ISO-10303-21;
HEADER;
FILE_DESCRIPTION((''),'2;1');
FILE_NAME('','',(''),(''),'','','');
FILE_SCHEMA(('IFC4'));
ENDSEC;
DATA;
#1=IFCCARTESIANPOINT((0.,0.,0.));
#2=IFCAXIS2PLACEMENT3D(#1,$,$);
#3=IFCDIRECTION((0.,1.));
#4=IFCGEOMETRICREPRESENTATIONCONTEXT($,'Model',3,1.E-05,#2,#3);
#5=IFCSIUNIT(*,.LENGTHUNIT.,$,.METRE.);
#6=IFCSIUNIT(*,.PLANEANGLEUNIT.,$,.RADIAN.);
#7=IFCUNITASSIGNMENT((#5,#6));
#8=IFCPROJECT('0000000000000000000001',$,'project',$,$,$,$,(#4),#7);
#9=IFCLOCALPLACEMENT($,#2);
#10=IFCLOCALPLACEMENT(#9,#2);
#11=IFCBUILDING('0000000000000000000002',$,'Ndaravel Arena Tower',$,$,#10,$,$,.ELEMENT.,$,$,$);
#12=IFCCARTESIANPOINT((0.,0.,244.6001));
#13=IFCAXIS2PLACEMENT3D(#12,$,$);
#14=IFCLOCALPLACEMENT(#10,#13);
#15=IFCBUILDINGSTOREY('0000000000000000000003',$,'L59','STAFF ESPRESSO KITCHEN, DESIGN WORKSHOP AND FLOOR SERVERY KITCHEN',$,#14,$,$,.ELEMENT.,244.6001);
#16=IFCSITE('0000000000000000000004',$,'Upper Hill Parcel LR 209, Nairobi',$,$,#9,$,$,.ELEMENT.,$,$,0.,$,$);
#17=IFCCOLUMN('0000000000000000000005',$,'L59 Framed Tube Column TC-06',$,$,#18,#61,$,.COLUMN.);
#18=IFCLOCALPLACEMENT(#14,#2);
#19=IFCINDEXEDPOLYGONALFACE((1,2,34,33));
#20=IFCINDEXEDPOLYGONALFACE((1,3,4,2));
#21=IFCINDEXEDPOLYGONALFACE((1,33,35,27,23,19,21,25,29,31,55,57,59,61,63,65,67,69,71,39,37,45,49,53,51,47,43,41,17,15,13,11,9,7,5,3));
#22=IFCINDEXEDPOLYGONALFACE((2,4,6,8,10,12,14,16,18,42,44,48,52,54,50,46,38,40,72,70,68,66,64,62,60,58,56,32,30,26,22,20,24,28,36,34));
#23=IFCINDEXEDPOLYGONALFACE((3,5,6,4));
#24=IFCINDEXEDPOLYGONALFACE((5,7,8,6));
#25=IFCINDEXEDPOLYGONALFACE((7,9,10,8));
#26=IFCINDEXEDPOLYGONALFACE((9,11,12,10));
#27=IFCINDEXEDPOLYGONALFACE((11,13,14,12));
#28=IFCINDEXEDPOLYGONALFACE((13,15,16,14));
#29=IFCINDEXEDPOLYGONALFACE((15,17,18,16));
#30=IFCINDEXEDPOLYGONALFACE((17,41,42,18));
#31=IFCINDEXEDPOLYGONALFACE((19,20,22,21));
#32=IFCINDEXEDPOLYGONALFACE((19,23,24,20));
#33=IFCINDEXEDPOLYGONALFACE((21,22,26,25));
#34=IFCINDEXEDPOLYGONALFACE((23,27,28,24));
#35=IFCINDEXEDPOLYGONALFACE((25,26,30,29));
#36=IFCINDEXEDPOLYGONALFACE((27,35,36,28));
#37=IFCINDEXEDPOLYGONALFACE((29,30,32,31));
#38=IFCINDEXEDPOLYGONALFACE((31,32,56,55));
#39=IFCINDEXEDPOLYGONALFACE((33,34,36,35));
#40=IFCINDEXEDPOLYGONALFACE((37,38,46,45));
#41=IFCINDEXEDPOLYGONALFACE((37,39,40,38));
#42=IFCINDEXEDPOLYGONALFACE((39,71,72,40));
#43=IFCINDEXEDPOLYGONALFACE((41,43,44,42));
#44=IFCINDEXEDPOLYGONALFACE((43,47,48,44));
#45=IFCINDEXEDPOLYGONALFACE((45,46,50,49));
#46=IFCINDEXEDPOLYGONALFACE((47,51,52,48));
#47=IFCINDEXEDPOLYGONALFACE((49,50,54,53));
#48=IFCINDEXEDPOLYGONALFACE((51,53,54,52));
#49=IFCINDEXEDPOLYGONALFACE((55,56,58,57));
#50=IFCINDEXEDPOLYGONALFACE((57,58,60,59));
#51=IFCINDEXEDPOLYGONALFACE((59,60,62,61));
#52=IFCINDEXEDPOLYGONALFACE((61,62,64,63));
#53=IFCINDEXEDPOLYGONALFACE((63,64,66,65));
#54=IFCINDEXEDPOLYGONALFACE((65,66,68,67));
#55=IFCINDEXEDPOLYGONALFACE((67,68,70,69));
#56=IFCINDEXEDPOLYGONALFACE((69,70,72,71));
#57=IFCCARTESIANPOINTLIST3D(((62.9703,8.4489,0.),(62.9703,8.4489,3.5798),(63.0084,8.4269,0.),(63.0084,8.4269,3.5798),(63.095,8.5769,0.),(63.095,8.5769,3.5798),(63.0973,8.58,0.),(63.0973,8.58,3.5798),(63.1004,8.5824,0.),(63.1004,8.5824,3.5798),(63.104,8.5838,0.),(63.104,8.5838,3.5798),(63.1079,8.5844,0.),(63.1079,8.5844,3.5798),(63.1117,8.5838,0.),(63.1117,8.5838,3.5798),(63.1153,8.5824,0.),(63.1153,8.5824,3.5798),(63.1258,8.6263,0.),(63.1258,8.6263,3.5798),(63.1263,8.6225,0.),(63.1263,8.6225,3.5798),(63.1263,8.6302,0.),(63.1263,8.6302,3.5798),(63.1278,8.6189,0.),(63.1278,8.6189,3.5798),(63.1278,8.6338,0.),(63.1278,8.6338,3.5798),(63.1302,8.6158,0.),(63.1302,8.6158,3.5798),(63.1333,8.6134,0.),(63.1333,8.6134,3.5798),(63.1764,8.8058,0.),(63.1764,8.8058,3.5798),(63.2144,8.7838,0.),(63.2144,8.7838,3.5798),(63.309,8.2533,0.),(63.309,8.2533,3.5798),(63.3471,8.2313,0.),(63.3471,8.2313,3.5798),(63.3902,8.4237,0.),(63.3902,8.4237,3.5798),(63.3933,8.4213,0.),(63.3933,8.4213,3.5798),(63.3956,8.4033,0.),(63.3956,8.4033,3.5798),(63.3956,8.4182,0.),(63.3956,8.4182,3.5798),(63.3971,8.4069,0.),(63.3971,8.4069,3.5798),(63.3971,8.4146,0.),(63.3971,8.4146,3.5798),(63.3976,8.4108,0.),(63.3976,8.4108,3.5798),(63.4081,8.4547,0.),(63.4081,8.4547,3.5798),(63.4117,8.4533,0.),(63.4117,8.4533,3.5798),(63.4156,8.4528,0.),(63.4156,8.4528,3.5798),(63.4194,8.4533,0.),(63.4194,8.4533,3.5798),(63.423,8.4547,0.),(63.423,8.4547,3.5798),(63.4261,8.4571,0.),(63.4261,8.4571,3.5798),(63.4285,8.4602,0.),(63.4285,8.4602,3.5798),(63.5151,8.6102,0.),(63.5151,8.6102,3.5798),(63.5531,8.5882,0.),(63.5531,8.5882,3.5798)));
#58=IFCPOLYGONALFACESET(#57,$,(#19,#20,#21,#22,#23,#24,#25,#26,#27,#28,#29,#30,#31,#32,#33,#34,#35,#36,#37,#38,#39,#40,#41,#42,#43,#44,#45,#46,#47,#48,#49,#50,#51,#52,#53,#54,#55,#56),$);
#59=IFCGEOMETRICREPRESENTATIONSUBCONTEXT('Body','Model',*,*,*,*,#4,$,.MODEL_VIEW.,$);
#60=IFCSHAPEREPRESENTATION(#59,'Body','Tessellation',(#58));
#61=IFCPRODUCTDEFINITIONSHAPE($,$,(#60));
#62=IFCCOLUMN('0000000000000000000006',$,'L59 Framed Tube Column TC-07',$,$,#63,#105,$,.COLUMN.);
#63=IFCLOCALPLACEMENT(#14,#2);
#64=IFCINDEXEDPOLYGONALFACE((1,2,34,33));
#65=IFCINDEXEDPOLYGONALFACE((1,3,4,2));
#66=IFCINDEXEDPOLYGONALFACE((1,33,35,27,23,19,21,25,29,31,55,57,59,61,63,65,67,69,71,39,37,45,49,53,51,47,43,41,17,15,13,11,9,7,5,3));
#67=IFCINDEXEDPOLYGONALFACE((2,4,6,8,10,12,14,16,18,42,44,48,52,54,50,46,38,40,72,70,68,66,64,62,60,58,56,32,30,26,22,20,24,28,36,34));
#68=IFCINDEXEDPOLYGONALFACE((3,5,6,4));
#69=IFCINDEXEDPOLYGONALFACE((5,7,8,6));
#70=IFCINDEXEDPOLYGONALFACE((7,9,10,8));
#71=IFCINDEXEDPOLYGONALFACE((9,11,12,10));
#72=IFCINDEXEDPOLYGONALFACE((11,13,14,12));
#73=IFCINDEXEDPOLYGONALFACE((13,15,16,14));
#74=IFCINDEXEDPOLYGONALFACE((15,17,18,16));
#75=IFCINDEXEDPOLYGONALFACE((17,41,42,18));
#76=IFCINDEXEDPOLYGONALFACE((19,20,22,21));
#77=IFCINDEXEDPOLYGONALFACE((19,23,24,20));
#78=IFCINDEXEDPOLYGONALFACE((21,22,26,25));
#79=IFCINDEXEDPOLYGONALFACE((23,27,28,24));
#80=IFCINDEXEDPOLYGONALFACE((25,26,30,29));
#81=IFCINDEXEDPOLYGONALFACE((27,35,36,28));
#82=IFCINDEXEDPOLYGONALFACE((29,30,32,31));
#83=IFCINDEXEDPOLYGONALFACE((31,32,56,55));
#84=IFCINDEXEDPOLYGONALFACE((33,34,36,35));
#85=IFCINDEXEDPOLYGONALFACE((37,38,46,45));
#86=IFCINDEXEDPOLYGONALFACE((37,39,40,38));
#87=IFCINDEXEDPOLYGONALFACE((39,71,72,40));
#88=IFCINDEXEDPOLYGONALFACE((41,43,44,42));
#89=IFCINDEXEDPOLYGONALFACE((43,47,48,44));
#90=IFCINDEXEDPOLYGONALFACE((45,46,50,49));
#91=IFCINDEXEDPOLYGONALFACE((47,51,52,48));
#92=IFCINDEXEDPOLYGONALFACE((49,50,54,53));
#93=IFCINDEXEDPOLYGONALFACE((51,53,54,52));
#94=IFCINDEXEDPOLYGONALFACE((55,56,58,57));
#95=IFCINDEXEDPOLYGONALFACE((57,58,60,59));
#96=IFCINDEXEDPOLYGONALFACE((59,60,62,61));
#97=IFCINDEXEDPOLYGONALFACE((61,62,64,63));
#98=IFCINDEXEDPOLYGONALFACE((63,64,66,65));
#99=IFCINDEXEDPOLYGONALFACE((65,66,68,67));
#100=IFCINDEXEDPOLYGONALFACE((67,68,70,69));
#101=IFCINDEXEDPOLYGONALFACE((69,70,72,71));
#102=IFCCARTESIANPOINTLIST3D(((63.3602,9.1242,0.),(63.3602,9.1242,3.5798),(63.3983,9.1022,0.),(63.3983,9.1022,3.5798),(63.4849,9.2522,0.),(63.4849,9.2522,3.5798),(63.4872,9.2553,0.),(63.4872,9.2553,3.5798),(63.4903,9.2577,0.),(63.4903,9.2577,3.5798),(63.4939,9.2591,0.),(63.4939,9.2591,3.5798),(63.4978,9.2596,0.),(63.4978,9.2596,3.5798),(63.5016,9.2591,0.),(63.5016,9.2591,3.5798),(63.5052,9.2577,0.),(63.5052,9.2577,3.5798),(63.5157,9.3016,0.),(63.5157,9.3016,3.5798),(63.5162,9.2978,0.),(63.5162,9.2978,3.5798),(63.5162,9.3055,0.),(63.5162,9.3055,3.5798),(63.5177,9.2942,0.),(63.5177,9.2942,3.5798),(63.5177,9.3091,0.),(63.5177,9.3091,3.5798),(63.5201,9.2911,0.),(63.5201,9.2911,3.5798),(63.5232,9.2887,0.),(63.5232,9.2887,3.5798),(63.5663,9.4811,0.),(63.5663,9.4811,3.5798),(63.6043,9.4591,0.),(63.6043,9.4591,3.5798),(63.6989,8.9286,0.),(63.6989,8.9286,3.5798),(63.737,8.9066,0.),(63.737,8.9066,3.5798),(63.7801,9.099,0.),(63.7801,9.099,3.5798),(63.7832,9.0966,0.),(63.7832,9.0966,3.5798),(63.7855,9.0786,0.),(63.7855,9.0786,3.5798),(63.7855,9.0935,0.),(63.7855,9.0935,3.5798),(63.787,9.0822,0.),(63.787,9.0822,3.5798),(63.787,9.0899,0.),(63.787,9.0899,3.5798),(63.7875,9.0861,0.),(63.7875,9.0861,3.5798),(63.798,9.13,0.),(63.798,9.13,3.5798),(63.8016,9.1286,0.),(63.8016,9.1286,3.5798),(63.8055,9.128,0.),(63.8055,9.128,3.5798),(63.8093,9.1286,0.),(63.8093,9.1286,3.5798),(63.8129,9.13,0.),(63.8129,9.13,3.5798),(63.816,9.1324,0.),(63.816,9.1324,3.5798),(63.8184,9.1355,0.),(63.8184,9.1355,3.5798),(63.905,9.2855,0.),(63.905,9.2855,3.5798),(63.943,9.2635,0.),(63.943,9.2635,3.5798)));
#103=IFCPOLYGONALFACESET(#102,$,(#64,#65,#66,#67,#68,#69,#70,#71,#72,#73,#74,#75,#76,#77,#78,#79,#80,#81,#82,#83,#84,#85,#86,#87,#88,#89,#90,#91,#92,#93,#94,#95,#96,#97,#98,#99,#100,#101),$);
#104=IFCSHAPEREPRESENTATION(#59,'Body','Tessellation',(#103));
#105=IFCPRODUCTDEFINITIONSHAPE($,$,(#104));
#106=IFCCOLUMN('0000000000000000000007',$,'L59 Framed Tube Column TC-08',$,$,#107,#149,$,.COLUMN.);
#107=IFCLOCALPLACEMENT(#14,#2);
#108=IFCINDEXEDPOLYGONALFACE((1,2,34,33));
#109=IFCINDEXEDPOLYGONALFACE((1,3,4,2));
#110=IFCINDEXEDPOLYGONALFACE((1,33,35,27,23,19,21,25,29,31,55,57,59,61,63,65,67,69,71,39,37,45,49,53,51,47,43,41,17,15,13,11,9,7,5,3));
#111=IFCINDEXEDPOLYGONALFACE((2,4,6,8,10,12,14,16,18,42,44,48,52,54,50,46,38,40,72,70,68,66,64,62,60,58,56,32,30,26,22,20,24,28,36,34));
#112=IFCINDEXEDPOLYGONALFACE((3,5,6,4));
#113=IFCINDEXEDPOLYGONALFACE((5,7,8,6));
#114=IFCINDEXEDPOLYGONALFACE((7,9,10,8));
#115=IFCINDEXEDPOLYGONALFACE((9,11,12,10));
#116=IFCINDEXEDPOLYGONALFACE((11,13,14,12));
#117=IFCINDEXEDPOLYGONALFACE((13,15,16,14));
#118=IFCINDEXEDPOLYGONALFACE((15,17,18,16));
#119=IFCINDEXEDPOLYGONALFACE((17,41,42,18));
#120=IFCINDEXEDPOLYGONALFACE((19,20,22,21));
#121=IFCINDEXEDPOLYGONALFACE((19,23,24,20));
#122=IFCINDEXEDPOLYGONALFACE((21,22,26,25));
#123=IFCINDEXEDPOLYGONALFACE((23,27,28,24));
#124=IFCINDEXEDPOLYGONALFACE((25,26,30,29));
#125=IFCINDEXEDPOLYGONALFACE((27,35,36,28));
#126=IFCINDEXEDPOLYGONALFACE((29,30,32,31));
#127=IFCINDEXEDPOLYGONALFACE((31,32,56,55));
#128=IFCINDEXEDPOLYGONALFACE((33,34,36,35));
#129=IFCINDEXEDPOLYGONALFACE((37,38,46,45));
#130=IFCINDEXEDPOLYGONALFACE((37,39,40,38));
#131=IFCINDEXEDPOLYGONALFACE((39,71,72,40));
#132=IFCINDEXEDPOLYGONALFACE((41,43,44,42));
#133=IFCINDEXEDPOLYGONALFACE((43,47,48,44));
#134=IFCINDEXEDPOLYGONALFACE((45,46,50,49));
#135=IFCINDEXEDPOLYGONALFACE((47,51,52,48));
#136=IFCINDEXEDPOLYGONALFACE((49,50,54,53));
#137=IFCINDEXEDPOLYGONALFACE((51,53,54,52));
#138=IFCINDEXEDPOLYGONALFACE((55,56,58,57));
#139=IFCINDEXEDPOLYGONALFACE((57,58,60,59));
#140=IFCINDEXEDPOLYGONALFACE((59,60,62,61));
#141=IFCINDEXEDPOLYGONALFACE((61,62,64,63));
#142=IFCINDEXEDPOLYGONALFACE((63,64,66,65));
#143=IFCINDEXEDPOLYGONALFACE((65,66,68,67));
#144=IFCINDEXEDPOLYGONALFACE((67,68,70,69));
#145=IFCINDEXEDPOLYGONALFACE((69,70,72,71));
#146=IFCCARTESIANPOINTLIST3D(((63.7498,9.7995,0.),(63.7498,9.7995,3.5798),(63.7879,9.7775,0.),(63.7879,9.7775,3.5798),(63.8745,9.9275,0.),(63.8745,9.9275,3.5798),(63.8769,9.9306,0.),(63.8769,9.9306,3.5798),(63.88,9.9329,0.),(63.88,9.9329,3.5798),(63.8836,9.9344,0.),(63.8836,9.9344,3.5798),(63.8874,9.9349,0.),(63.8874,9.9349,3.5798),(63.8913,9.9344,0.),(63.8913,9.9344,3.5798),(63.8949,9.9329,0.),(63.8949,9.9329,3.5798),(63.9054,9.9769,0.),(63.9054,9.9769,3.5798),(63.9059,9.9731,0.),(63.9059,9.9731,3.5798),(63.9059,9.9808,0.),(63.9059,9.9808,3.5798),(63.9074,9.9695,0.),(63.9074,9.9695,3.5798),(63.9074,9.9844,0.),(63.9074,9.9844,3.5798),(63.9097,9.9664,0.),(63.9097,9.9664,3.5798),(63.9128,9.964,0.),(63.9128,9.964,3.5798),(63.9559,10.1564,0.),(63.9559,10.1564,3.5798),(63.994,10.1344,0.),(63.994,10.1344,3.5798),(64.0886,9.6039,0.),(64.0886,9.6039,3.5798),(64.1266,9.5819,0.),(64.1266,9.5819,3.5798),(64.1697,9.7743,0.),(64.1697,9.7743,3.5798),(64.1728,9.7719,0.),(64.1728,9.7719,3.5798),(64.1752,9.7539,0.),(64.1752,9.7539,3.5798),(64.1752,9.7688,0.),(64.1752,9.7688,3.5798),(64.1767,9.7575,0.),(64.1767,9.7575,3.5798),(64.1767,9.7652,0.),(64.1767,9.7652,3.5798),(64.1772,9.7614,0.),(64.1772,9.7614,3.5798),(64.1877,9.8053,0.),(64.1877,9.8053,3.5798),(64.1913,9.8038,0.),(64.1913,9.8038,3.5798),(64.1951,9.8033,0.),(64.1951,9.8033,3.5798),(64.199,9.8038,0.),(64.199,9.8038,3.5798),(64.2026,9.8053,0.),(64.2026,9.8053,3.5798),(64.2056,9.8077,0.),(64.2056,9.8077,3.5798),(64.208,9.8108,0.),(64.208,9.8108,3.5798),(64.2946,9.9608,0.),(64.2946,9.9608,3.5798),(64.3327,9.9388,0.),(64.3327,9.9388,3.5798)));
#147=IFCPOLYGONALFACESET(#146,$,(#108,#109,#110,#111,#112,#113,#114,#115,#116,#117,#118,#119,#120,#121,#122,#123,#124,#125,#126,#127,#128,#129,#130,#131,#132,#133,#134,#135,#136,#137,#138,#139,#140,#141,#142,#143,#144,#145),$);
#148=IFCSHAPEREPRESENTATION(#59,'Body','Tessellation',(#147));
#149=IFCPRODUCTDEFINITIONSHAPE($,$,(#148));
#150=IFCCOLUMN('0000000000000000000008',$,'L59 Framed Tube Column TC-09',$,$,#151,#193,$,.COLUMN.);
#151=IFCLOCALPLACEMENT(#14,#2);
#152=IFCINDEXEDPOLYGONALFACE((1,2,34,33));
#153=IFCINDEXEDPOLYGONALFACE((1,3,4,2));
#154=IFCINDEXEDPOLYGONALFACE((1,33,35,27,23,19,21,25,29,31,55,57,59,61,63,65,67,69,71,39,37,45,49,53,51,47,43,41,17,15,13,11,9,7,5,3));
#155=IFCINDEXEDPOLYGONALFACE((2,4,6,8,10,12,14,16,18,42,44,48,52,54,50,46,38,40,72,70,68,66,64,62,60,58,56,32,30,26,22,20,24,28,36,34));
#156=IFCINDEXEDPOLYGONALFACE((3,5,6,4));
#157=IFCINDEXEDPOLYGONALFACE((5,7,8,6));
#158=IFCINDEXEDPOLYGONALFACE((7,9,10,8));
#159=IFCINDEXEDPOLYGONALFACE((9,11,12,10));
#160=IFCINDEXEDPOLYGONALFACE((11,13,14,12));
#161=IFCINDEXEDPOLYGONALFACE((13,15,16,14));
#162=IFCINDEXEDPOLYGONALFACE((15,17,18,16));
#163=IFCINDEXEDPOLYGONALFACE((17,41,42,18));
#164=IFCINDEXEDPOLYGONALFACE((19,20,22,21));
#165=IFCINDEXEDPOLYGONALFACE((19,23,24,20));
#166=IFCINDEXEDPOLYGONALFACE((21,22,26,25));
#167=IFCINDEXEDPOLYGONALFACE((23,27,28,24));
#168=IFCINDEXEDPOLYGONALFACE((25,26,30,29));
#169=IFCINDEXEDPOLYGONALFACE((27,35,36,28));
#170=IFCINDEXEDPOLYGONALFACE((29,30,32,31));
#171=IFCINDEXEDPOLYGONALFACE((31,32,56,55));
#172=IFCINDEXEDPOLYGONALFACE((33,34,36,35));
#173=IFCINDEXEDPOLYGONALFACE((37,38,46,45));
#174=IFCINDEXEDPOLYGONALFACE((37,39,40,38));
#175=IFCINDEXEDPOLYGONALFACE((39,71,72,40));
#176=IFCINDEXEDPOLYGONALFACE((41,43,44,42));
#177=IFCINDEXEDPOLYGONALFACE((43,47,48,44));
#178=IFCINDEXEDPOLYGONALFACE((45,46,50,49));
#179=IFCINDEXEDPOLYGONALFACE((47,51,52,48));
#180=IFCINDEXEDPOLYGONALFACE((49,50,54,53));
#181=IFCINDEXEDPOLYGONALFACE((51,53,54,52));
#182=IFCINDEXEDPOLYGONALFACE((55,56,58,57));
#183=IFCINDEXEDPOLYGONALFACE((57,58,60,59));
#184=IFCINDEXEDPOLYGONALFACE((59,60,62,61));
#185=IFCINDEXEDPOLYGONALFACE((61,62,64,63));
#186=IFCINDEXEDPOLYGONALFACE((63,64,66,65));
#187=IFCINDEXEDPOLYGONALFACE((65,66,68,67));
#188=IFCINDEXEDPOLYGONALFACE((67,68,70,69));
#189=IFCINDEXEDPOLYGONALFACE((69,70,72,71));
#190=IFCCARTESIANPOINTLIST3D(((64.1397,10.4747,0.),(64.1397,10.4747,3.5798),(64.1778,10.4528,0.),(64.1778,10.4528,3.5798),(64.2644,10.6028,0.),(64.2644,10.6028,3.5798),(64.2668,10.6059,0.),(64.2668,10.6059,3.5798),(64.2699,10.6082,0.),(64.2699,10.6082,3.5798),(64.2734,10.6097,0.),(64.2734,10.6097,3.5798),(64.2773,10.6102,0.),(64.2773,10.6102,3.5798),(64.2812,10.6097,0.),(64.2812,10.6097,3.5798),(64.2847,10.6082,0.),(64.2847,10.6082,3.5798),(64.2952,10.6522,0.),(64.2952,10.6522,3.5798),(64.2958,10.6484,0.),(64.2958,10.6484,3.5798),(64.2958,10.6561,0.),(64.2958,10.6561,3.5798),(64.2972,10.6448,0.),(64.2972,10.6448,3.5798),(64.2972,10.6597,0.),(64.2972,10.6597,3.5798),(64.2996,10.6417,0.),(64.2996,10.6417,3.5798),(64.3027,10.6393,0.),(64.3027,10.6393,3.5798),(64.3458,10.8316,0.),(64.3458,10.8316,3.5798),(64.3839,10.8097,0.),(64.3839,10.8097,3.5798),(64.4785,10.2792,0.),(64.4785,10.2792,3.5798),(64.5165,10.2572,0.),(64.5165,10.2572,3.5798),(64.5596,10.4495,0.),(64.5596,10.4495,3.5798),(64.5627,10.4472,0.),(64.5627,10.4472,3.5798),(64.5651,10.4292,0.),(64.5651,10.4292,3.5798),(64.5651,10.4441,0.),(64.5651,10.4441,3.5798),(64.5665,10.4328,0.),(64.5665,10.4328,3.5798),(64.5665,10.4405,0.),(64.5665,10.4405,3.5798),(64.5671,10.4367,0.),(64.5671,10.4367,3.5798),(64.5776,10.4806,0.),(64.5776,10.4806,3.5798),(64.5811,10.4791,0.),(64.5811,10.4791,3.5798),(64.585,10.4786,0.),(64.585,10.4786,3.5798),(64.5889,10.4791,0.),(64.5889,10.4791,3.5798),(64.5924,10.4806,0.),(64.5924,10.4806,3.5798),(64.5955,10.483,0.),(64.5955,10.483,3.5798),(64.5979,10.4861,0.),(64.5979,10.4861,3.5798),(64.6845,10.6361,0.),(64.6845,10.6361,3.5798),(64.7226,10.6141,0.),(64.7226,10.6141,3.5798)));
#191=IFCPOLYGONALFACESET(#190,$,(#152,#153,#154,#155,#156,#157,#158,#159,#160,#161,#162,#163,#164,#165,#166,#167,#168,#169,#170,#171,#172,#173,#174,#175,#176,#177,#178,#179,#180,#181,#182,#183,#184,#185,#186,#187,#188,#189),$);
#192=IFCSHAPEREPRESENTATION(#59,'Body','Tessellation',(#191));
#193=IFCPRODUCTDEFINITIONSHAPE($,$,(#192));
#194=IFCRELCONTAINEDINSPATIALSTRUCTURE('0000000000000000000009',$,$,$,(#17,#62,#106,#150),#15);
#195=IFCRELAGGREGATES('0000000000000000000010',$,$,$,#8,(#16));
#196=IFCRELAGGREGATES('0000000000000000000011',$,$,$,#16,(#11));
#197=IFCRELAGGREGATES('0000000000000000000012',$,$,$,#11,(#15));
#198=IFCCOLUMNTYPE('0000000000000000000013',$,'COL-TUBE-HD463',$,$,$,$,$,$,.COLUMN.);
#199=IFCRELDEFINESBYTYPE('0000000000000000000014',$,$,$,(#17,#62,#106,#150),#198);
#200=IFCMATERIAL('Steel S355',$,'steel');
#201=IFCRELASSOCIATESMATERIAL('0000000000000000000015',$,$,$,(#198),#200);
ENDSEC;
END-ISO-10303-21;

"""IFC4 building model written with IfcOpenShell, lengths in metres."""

from ifc_helpers import new_model, si_unit, direction, frame, origin, origin_2d, place, context, subcontext, project, spatial, i_section, extrude, material, material_profile, profile_set, type_object, element, save


model = new_model("IFC4")

# Units and contexts
model_context = context("Model", 3, precision=1e-05, world=origin(), true_north=direction((0.0, 1.0)))
body_context = subcontext(model_context, "Body", "Model", "MODEL_VIEW")
ifc_project = project(units=[si_unit("LENGTHUNIT", "METRE"), si_unit("PLANEANGLEUNIT", "RADIAN")], contexts=[model_context])

# Site, building, storey
site_placement = place(None, origin())
site = spatial("IfcSite", under=ifc_project, at=site_placement, Name="Upper Hill Parcel LR 209, Nairobi", CompositionType="ELEMENT", RefElevation=0.0)
building_placement = place(site_placement, origin())
building = spatial("IfcBuilding", under=site, at=building_placement, Name="Ndaravel Arena Tower", CompositionType="ELEMENT")
storey_placement = place(building_placement, frame((0.0, 0.0, 244.6001)))
storey = spatial("IfcBuildingStorey", under=building, at=storey_placement, Name="L59", Description="STAFF ESPRESSO KITCHEN, DESIGN WORKSHOP AND FLOOR SERVERY KITCHEN", CompositionType="ELEMENT", Elevation=244.6001)

# Columns
ifc_material_1 = material(Name="Steel S355", Category="steel")
ifc_material_profile_1 = material_profile(ifc_material_1, i_section(OverallWidth=0.4121, OverallDepth=0.4351, WebThickness=0.0359, FlangeThickness=0.0439, FilletRadius=0.0149, at=origin_2d()), Name="HD 400x463")
ifc_profile_set_1 = profile_set([ifc_material_profile_1], Name="Steel S355")
column_type = type_object("IfcColumnType", Name="COL-TUBE-HD463", PredefinedType="COLUMN", material=ifc_profile_set_1)
for number, where, z_axis, x_axis, name in (
    (1, (63.2617, 8.5186, 0.0), (0.0, 0.0, 1.0), (0.5, 0.866025, 0.0), "L59 Framed Tube Column TC-06"),
    (2, (63.6516, 9.1938, 0.0), (0.0, 0.0, 1.0), (0.5, 0.866025, 0.0), "L59 Framed Tube Column TC-07"),
    (3, (64.0413, 9.8691, 0.0), (0.0, 0.0, 1.0), (0.5, 0.866025, 0.0), "L59 Framed Tube Column TC-08"),
    (4, (64.4312, 10.5444, 0.0), (0.0, 0.0, 1.0), (0.5, 0.866025, 0.0), "L59 Framed Tube Column TC-09"),
):
    element("IfcColumn", number, at=place(storey_placement, frame(where, z_axis=z_axis, x_axis=x_axis)), inside=storey, type_object=column_type, Name=name, PredefinedType="COLUMN", context=body_context, shape_type="SweptSolid", body=[
        extrude(i_section(OverallWidth=0.4121, OverallDepth=0.4351, WebThickness=0.0359, FlangeThickness=0.0439, FilletRadius=0.0149, at=origin_2d()), origin(), (0.0, 0.0, 1.0), 3.5798),
    ])

save(model, "model.ifc")
